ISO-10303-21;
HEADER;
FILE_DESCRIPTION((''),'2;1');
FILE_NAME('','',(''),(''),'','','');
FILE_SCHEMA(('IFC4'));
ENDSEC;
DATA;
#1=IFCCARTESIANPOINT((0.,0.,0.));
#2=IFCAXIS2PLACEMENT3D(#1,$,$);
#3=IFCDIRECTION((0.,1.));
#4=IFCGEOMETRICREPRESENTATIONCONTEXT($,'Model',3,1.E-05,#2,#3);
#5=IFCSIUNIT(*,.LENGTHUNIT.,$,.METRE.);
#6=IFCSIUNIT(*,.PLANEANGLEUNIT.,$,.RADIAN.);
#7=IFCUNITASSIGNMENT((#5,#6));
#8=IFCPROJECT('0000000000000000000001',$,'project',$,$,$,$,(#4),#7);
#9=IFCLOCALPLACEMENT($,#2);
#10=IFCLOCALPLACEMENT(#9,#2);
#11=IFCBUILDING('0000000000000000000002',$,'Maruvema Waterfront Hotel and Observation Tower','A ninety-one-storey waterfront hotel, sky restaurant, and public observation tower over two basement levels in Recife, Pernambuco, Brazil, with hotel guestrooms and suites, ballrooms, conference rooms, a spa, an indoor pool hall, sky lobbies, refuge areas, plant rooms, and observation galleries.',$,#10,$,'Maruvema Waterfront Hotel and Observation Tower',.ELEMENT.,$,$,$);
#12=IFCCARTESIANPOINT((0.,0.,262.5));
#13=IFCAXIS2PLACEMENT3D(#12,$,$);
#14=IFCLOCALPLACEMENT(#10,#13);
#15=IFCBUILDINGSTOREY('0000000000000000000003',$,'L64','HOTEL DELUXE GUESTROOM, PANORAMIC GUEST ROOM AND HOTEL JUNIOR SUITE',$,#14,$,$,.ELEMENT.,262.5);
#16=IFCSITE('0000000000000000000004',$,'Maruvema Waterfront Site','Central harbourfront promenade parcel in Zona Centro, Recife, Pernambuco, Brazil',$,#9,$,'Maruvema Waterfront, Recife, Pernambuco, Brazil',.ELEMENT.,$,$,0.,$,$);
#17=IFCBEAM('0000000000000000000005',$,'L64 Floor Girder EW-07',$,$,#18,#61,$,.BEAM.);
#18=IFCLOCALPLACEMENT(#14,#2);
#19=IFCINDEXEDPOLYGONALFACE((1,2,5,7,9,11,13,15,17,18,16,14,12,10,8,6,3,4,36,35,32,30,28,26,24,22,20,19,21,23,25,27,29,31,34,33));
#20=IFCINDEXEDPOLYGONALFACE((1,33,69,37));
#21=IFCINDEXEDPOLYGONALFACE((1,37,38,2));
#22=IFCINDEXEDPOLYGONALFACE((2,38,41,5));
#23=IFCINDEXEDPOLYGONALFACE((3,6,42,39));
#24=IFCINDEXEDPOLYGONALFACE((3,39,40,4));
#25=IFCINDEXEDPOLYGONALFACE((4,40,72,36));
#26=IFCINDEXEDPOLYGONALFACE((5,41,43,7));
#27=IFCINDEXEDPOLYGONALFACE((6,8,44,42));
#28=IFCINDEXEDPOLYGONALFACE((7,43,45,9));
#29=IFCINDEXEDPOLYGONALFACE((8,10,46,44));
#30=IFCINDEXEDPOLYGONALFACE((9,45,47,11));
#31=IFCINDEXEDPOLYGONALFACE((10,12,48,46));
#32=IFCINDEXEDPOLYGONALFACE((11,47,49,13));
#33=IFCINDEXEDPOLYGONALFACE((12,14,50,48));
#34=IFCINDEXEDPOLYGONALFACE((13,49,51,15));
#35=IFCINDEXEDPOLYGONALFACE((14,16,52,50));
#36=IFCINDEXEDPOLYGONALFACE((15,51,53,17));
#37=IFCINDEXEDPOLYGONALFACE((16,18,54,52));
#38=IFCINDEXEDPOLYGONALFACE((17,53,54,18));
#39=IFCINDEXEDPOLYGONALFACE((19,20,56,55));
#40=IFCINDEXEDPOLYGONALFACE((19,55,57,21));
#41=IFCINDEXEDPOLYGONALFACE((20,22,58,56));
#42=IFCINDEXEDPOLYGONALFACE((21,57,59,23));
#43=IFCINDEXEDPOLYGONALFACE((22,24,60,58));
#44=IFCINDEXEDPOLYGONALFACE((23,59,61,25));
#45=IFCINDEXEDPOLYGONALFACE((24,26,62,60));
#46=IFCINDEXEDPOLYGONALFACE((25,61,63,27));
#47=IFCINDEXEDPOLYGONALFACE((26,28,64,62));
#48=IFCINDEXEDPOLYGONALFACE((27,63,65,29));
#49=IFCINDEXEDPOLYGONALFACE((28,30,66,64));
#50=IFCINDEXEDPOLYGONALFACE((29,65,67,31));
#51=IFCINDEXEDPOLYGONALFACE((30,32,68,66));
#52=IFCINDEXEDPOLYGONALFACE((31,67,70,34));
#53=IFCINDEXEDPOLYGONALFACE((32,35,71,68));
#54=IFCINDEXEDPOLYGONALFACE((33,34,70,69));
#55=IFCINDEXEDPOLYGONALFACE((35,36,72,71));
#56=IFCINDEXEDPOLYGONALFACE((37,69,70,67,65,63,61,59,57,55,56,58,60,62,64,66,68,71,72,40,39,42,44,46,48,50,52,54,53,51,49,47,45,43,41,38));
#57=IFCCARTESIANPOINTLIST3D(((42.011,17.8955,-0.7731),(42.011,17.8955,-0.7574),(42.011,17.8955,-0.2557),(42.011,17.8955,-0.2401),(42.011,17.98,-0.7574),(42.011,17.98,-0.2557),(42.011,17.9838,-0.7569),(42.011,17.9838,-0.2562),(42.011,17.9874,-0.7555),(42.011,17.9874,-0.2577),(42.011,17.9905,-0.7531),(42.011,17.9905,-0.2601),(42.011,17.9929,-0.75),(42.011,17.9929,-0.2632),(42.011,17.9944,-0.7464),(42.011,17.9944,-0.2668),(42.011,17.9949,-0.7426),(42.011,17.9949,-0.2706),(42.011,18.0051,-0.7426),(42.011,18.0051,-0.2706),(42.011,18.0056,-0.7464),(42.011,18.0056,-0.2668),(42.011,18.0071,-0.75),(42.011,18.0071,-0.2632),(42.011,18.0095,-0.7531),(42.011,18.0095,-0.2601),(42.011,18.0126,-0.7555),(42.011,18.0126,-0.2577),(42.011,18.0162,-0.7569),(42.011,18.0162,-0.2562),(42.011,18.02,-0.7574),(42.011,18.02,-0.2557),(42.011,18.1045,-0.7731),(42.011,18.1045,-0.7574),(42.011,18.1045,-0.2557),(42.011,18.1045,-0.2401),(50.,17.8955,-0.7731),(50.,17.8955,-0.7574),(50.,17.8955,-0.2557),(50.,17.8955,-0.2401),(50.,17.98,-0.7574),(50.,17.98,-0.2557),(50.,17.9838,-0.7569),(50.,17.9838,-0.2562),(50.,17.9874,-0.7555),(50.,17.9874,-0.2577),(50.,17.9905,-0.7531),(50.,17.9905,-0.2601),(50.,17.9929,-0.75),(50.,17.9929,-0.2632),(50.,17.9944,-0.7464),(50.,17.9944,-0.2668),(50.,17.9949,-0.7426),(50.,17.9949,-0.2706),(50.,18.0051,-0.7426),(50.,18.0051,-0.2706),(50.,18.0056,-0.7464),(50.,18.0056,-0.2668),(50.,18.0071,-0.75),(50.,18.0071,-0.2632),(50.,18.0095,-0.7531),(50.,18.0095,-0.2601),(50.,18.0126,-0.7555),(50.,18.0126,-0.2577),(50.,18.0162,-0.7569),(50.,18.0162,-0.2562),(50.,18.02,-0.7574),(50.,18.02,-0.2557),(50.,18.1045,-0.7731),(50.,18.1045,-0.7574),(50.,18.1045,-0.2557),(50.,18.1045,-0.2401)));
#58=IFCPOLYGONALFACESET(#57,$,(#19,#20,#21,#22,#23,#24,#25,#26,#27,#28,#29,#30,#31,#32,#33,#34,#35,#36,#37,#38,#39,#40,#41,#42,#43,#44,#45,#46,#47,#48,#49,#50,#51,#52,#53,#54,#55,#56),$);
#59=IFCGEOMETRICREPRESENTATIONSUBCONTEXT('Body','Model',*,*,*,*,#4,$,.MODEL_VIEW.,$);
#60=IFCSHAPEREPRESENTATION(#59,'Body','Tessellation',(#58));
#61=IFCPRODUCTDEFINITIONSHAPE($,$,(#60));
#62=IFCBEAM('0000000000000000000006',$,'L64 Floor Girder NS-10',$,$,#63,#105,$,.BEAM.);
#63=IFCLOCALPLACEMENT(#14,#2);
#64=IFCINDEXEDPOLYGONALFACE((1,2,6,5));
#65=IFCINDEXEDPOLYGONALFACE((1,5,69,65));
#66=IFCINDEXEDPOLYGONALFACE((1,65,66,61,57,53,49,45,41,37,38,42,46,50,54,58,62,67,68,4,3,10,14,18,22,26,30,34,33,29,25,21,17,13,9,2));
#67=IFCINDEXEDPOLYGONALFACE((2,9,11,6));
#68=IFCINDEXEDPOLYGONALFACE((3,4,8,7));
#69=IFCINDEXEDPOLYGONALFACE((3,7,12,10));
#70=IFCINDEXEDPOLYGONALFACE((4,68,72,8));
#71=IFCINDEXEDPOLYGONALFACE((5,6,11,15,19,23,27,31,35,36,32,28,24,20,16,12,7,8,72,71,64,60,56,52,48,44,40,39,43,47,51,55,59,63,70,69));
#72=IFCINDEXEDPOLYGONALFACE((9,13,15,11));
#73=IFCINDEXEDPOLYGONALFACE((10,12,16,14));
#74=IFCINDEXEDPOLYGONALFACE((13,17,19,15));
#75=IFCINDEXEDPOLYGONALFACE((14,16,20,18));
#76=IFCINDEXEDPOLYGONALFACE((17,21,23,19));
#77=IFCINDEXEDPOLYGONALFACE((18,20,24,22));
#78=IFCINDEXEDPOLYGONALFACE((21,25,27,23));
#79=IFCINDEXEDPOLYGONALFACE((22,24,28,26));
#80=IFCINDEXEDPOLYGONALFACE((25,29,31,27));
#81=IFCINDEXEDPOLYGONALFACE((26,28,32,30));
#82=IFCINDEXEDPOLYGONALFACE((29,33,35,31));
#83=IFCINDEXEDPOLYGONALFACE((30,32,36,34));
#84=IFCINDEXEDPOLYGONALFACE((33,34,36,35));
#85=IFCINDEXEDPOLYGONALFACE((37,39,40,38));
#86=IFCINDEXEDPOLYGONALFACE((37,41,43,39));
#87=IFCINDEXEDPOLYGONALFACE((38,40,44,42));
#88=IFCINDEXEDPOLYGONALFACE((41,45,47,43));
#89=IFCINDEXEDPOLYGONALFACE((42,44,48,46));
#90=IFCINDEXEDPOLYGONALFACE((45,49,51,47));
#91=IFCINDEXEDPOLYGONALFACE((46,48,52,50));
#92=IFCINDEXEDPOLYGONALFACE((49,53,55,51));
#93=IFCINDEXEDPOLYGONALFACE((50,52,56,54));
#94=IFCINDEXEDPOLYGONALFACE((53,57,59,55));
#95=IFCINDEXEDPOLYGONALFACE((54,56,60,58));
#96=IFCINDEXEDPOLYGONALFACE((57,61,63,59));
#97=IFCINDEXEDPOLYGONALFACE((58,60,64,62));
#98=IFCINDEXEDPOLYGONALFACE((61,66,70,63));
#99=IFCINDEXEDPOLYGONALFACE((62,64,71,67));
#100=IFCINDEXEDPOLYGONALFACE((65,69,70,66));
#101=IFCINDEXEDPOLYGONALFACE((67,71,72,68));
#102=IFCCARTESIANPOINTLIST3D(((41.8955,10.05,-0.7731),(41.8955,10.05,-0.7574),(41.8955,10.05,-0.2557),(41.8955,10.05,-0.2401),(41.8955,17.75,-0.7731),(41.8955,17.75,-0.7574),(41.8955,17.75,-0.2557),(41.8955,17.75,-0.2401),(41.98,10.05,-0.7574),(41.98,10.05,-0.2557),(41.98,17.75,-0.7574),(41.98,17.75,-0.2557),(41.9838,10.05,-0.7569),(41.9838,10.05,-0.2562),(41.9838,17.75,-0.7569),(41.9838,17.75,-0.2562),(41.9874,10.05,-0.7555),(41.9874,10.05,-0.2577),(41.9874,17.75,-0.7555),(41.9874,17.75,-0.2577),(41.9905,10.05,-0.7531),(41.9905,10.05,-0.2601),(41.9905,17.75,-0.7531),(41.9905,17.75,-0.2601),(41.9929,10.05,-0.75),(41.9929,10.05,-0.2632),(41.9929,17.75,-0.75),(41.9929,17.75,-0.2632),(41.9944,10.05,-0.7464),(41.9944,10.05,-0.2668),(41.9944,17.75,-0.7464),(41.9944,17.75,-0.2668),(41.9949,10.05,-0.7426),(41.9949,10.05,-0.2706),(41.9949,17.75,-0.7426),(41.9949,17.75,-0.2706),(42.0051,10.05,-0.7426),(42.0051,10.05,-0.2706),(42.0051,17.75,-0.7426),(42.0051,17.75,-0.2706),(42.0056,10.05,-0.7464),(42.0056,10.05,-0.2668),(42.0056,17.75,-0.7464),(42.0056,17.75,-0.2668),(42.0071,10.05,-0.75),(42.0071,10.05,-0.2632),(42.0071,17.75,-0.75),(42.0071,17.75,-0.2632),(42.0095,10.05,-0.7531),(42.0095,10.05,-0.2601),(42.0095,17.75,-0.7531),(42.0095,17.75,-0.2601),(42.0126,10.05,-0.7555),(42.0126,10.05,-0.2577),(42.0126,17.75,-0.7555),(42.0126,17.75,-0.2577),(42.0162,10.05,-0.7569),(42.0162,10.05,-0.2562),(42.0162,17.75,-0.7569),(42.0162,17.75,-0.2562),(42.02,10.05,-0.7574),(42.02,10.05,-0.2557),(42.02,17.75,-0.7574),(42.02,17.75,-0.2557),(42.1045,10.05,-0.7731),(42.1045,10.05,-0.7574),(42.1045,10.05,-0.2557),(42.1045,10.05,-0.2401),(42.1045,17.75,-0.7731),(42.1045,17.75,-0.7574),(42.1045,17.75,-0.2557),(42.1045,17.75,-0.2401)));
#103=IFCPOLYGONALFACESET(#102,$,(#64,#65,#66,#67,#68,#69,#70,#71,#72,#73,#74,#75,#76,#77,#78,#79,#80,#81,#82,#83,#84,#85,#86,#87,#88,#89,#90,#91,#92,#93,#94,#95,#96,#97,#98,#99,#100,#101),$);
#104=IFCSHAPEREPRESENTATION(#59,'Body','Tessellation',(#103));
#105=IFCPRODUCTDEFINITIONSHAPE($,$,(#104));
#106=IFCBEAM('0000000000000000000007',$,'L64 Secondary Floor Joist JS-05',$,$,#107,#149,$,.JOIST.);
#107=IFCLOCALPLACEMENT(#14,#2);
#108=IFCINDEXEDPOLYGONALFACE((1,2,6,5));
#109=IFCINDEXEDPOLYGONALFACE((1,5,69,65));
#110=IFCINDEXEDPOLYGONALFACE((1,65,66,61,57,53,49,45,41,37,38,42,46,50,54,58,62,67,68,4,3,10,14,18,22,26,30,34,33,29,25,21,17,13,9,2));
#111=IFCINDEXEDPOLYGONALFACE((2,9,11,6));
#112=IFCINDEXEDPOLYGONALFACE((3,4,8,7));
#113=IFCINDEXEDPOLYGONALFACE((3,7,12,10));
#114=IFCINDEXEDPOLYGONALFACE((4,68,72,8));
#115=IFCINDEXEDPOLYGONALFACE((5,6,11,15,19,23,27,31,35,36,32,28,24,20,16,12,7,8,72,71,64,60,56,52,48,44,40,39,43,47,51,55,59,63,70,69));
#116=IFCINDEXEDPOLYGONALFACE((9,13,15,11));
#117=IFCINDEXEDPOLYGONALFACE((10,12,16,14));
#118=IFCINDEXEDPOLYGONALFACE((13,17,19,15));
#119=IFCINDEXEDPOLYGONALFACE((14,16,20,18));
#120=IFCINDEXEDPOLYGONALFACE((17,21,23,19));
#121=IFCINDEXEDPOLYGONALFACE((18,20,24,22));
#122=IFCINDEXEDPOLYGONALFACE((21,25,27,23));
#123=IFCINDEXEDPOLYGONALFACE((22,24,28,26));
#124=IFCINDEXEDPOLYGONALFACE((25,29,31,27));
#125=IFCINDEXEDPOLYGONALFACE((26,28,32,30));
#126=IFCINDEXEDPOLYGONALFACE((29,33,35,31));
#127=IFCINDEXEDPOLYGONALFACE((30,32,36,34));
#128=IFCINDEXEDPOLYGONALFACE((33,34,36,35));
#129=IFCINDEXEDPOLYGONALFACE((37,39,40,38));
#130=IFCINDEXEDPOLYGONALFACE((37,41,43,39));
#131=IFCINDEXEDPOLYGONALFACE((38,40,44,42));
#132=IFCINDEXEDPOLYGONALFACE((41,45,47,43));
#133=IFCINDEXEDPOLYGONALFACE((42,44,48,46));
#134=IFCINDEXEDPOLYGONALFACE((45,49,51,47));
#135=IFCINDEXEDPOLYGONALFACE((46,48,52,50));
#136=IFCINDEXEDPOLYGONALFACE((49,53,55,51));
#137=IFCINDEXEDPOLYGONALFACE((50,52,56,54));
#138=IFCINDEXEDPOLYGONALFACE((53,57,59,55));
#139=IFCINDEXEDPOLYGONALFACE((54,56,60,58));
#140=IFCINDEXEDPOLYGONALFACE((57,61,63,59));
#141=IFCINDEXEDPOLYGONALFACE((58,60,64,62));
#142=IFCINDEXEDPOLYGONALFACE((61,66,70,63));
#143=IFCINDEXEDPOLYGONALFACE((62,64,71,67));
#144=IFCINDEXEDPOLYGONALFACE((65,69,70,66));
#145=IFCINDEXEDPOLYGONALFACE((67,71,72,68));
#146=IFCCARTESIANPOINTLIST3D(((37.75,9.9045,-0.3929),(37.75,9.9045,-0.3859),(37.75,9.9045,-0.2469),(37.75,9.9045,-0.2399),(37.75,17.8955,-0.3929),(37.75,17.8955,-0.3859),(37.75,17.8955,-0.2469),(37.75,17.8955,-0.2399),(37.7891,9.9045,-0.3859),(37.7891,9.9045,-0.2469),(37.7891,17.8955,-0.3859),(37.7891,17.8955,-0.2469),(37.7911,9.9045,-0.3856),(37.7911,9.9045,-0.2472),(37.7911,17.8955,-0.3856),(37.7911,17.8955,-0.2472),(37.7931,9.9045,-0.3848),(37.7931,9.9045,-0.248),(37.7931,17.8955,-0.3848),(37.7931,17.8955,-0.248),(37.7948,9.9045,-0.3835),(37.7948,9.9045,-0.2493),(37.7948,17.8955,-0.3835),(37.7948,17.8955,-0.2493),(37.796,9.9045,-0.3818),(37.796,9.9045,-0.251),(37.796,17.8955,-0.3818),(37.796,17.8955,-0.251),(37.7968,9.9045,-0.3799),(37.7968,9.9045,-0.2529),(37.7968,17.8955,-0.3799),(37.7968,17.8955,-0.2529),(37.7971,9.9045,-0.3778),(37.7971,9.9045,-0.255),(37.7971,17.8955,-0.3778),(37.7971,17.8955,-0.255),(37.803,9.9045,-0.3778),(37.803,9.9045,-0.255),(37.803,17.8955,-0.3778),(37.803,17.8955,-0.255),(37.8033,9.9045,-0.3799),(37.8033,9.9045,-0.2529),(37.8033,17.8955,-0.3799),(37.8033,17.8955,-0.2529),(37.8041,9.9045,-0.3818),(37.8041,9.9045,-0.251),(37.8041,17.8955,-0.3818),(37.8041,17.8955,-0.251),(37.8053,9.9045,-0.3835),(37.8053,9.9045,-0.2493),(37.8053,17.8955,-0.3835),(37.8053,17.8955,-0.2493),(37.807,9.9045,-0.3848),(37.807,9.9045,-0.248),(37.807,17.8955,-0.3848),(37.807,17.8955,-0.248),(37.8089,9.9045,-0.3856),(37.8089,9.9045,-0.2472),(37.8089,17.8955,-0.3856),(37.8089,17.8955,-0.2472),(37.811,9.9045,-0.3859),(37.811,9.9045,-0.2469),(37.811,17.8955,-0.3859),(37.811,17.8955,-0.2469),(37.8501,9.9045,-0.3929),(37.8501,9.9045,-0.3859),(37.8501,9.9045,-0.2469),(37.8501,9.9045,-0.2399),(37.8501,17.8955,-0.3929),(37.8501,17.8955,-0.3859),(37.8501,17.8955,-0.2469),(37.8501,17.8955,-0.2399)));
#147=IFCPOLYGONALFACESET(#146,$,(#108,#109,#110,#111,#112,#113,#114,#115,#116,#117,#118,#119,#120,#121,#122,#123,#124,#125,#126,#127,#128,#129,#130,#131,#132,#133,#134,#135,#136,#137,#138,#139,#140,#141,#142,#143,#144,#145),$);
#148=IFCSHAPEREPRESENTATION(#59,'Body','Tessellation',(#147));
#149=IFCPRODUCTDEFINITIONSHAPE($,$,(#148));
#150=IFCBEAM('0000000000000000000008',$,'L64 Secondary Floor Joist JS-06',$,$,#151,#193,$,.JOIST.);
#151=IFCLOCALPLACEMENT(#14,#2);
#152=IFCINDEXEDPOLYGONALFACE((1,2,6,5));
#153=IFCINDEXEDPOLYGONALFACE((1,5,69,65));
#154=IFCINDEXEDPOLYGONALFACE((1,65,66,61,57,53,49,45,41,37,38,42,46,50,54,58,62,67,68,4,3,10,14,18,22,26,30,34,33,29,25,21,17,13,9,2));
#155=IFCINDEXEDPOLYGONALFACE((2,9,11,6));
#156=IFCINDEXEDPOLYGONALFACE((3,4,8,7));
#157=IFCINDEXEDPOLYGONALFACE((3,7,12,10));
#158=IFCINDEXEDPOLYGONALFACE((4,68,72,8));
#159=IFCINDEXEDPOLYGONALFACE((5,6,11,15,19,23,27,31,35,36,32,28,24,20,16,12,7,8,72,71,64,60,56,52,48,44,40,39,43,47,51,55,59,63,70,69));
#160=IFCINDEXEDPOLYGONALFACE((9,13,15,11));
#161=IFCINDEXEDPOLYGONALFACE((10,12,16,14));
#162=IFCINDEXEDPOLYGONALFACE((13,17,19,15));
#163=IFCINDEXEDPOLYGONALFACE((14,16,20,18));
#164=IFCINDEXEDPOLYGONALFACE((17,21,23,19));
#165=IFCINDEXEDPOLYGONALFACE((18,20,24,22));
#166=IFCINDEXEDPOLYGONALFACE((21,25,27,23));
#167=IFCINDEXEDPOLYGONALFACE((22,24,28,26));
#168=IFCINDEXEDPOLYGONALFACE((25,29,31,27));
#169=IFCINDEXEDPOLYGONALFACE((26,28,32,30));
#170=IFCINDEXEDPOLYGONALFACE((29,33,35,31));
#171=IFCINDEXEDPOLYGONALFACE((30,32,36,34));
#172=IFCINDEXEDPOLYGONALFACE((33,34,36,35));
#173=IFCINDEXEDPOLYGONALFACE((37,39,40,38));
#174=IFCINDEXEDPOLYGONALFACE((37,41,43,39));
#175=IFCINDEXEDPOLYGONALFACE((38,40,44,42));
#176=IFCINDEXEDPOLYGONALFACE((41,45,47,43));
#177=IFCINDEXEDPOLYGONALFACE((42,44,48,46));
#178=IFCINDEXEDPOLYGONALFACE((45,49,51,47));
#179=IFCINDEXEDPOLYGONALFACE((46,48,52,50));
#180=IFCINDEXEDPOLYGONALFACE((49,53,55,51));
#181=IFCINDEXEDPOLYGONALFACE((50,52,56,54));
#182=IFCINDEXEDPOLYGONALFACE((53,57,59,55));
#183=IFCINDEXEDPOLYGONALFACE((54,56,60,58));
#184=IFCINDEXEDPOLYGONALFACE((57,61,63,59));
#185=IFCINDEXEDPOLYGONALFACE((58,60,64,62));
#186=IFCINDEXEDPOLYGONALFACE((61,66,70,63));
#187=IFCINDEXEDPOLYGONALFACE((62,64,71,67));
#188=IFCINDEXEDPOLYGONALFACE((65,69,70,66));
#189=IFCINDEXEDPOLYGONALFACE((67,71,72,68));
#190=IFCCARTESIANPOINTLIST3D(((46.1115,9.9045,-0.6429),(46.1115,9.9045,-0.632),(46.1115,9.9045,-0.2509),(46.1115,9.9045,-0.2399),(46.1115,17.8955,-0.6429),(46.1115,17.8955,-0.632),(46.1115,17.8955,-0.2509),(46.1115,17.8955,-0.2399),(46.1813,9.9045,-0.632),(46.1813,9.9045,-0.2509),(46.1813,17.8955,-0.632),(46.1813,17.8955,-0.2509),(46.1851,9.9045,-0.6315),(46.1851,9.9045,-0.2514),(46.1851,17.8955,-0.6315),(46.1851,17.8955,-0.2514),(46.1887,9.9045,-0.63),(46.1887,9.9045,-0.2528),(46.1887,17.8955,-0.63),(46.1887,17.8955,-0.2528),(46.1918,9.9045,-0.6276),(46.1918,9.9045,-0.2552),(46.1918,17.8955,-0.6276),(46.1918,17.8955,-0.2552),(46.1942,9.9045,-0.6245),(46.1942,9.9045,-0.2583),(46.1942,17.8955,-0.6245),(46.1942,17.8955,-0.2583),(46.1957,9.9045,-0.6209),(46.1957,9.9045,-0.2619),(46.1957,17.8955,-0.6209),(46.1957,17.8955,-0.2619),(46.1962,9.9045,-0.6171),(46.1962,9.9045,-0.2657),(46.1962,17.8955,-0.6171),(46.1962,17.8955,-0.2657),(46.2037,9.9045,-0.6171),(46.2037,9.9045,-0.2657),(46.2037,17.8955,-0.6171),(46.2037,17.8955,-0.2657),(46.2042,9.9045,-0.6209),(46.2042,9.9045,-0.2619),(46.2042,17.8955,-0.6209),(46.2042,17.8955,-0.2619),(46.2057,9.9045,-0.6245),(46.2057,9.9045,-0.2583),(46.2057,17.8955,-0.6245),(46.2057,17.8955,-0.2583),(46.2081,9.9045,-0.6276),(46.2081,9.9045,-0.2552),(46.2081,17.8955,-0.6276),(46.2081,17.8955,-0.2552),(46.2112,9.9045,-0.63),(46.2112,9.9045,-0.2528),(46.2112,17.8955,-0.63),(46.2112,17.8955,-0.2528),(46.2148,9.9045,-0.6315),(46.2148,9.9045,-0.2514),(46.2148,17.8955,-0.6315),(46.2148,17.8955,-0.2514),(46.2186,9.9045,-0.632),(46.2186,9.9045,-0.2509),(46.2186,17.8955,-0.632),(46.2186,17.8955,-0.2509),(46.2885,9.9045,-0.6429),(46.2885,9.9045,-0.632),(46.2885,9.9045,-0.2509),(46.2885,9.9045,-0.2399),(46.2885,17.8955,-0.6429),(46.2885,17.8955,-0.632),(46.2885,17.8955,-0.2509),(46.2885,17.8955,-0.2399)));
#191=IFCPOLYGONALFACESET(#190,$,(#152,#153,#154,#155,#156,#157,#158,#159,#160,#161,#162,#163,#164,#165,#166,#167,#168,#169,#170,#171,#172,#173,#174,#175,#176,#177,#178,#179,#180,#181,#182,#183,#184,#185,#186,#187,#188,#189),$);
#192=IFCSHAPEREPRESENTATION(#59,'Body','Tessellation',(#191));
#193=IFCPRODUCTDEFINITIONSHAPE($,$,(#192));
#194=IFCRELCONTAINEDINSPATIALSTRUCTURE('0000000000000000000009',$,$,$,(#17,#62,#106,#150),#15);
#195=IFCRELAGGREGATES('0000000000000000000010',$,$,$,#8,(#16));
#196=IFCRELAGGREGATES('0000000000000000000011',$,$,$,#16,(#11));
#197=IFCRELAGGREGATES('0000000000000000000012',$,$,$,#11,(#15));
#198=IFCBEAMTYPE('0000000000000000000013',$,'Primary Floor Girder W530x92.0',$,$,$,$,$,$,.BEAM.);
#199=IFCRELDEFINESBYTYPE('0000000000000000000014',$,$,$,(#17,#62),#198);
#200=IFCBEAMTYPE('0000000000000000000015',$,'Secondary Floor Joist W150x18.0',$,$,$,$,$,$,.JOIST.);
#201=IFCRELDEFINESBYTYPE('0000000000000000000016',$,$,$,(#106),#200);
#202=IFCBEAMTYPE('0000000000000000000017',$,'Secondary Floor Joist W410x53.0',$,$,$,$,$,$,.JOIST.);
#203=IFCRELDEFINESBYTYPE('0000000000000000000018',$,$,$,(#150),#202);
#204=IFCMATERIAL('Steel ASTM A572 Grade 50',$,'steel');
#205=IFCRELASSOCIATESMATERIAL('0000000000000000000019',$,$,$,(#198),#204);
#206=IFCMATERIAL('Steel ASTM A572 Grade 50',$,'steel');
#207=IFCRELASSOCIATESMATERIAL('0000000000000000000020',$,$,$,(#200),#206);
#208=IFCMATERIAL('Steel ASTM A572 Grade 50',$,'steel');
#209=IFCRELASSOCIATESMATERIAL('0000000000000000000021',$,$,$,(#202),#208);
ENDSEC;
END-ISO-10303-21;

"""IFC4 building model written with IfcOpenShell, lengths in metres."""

from ifc_helpers import new_model, si_unit, direction, frame, origin, origin_2d, place, context, subcontext, project, spatial, i_section, extrude, material, material_profile, profile_set, type_object, element, save


model = new_model("IFC4")

# Units and contexts
model_context = context("Model", 3, precision=1e-05, world=origin(), true_north=direction((0.0, 1.0)))
body_context = subcontext(model_context, "Body", "Model", "MODEL_VIEW")
ifc_project = project(units=[si_unit("LENGTHUNIT", "METRE"), si_unit("PLANEANGLEUNIT", "RADIAN")], contexts=[model_context])

# Site, building, storey
site_placement = place(None, origin())
site = spatial("IfcSite", under=ifc_project, at=site_placement, Name="Maruvema Waterfront Site", Description="Central harbourfront promenade parcel in Zona Centro, Recife, Pernambuco, Brazil", LongName="Maruvema Waterfront, Recife, Pernambuco, Brazil", CompositionType="ELEMENT", RefElevation=0.0)
building_placement = place(site_placement, origin())
building = spatial("IfcBuilding", under=site, at=building_placement, Name="Maruvema Waterfront Hotel and Observation Tower", Description="A ninety-one-storey waterfront hotel, sky restaurant, and public observation tower over two basement levels in Recife, Pernambuco, Brazil, with hotel guestrooms and suites, ballrooms, conference rooms, a spa, an indoor pool hall, sky lobbies, refuge areas, plant rooms, and observation galleries.", LongName="Maruvema Waterfront Hotel and Observation Tower", CompositionType="ELEMENT")
storey_placement = place(building_placement, frame((0.0, 0.0, 262.5)))
storey = spatial("IfcBuildingStorey", under=building, at=storey_placement, Name="L64", Description="HOTEL DELUXE GUESTROOM, PANORAMIC GUEST ROOM AND HOTEL JUNIOR SUITE", CompositionType="ELEMENT", Elevation=262.5)

# Beams
ifc_material_1 = material(Name="Steel ASTM A572 Grade 50", Category="steel")
ifc_material_profile_1 = material_profile(ifc_material_1, i_section(OverallWidth=0.209, OverallDepth=0.533, WebThickness=0.0103, FlangeThickness=0.0156, FilletRadius=0.0149, at=origin_2d()), Name="W530x92.0")
ifc_profile_set_1 = profile_set([ifc_material_profile_1], Name="Steel ASTM A572 Grade 50")
beam_type_1 = type_object("IfcBeamType", Name="Primary Floor Girder W530x92.0", PredefinedType="BEAM", material=ifc_profile_set_1)
beam_1_placement = place(storey_placement, frame((42.011, 18.0, -0.5066), z_axis=(1.0, 0.0, 0.0), x_axis=(0.0, 1.0, 0.0)))
element("IfcBeam", 1, at=beam_1_placement, inside=storey, type_object=beam_type_1, Name="L64 Floor Girder EW-07", PredefinedType="BEAM", context=body_context, shape_type="SweptSolid", body=[
    extrude(i_section(OverallWidth=0.209, OverallDepth=0.533, WebThickness=0.0103, FlangeThickness=0.0156, FilletRadius=0.0149, at=origin_2d()), origin(), (0.0, 0.0, 1.0), 7.989),
])
beam_2_placement = place(storey_placement, frame((42.0, 10.05, -0.5066), z_axis=(0.0, 1.0, 0.0), x_axis=(-1.0, 0.0, 0.0)))
element("IfcBeam", 2, at=beam_2_placement, inside=storey, type_object=beam_type_1, Name="L64 Floor Girder NS-10", PredefinedType="BEAM", context=body_context, shape_type="SweptSolid", body=[
    extrude(i_section(OverallWidth=0.209, OverallDepth=0.533, WebThickness=0.0103, FlangeThickness=0.0156, FilletRadius=0.0149, at=origin_2d()), origin(), (0.0, 0.0, 1.0), 7.7),
])
ifc_material_2 = material(Name="Steel ASTM A572 Grade 50", Category="steel")
ifc_material_profile_2 = material_profile(ifc_material_2, i_section(OverallWidth=0.1001, OverallDepth=0.1531, WebThickness=0.0059, FlangeThickness=0.0071, FilletRadius=0.0081, at=origin_2d()), Name="W150x18.0")
ifc_profile_set_2 = profile_set([ifc_material_profile_2], Name="Steel ASTM A572 Grade 50")
beam_type_2 = type_object("IfcBeamType", Name="Secondary Floor Joist W150x18.0", PredefinedType="JOIST", material=ifc_profile_set_2)
beam_3_placement = place(storey_placement, frame((37.8, 9.9045, -0.3164), z_axis=(0.0, 1.0, 0.0), x_axis=(-1.0, 0.0, 0.0)))
element("IfcBeam", 3, at=beam_3_placement, inside=storey, type_object=beam_type_2, Name="L64 Secondary Floor Joist JS-05", PredefinedType="JOIST", context=body_context, shape_type="SweptSolid", body=[
    extrude(i_section(OverallWidth=0.1001, OverallDepth=0.1531, WebThickness=0.0059, FlangeThickness=0.0071, FilletRadius=0.0081, at=origin_2d()), origin(), (0.0, 0.0, 1.0), 7.991),
])
ifc_material_3 = material(Name="Steel ASTM A572 Grade 50", Category="steel")
ifc_material_profile_3 = material_profile(ifc_material_3, i_section(OverallWidth=0.177, OverallDepth=0.4031, WebThickness=0.0076, FlangeThickness=0.011, FilletRadius=0.0149, at=origin_2d()), Name="W410x53.0")
ifc_profile_set_3 = profile_set([ifc_material_profile_3], Name="Steel ASTM A572 Grade 50")
beam_type_3 = type_object("IfcBeamType", Name="Secondary Floor Joist W410x53.0", PredefinedType="JOIST", material=ifc_profile_set_3)
beam_4_placement = place(storey_placement, frame((46.2, 9.9045, -0.4414), z_axis=(0.0, 1.0, 0.0), x_axis=(-1.0, 0.0, 0.0)))
element("IfcBeam", 4, at=beam_4_placement, inside=storey, type_object=beam_type_3, Name="L64 Secondary Floor Joist JS-06", PredefinedType="JOIST", context=body_context, shape_type="SweptSolid", body=[
    extrude(i_section(OverallWidth=0.177, OverallDepth=0.4031, WebThickness=0.0076, FlangeThickness=0.011, FilletRadius=0.0149, at=origin_2d()), origin(), (0.0, 0.0, 1.0), 7.991),
])

save(model, "model.ifc")
